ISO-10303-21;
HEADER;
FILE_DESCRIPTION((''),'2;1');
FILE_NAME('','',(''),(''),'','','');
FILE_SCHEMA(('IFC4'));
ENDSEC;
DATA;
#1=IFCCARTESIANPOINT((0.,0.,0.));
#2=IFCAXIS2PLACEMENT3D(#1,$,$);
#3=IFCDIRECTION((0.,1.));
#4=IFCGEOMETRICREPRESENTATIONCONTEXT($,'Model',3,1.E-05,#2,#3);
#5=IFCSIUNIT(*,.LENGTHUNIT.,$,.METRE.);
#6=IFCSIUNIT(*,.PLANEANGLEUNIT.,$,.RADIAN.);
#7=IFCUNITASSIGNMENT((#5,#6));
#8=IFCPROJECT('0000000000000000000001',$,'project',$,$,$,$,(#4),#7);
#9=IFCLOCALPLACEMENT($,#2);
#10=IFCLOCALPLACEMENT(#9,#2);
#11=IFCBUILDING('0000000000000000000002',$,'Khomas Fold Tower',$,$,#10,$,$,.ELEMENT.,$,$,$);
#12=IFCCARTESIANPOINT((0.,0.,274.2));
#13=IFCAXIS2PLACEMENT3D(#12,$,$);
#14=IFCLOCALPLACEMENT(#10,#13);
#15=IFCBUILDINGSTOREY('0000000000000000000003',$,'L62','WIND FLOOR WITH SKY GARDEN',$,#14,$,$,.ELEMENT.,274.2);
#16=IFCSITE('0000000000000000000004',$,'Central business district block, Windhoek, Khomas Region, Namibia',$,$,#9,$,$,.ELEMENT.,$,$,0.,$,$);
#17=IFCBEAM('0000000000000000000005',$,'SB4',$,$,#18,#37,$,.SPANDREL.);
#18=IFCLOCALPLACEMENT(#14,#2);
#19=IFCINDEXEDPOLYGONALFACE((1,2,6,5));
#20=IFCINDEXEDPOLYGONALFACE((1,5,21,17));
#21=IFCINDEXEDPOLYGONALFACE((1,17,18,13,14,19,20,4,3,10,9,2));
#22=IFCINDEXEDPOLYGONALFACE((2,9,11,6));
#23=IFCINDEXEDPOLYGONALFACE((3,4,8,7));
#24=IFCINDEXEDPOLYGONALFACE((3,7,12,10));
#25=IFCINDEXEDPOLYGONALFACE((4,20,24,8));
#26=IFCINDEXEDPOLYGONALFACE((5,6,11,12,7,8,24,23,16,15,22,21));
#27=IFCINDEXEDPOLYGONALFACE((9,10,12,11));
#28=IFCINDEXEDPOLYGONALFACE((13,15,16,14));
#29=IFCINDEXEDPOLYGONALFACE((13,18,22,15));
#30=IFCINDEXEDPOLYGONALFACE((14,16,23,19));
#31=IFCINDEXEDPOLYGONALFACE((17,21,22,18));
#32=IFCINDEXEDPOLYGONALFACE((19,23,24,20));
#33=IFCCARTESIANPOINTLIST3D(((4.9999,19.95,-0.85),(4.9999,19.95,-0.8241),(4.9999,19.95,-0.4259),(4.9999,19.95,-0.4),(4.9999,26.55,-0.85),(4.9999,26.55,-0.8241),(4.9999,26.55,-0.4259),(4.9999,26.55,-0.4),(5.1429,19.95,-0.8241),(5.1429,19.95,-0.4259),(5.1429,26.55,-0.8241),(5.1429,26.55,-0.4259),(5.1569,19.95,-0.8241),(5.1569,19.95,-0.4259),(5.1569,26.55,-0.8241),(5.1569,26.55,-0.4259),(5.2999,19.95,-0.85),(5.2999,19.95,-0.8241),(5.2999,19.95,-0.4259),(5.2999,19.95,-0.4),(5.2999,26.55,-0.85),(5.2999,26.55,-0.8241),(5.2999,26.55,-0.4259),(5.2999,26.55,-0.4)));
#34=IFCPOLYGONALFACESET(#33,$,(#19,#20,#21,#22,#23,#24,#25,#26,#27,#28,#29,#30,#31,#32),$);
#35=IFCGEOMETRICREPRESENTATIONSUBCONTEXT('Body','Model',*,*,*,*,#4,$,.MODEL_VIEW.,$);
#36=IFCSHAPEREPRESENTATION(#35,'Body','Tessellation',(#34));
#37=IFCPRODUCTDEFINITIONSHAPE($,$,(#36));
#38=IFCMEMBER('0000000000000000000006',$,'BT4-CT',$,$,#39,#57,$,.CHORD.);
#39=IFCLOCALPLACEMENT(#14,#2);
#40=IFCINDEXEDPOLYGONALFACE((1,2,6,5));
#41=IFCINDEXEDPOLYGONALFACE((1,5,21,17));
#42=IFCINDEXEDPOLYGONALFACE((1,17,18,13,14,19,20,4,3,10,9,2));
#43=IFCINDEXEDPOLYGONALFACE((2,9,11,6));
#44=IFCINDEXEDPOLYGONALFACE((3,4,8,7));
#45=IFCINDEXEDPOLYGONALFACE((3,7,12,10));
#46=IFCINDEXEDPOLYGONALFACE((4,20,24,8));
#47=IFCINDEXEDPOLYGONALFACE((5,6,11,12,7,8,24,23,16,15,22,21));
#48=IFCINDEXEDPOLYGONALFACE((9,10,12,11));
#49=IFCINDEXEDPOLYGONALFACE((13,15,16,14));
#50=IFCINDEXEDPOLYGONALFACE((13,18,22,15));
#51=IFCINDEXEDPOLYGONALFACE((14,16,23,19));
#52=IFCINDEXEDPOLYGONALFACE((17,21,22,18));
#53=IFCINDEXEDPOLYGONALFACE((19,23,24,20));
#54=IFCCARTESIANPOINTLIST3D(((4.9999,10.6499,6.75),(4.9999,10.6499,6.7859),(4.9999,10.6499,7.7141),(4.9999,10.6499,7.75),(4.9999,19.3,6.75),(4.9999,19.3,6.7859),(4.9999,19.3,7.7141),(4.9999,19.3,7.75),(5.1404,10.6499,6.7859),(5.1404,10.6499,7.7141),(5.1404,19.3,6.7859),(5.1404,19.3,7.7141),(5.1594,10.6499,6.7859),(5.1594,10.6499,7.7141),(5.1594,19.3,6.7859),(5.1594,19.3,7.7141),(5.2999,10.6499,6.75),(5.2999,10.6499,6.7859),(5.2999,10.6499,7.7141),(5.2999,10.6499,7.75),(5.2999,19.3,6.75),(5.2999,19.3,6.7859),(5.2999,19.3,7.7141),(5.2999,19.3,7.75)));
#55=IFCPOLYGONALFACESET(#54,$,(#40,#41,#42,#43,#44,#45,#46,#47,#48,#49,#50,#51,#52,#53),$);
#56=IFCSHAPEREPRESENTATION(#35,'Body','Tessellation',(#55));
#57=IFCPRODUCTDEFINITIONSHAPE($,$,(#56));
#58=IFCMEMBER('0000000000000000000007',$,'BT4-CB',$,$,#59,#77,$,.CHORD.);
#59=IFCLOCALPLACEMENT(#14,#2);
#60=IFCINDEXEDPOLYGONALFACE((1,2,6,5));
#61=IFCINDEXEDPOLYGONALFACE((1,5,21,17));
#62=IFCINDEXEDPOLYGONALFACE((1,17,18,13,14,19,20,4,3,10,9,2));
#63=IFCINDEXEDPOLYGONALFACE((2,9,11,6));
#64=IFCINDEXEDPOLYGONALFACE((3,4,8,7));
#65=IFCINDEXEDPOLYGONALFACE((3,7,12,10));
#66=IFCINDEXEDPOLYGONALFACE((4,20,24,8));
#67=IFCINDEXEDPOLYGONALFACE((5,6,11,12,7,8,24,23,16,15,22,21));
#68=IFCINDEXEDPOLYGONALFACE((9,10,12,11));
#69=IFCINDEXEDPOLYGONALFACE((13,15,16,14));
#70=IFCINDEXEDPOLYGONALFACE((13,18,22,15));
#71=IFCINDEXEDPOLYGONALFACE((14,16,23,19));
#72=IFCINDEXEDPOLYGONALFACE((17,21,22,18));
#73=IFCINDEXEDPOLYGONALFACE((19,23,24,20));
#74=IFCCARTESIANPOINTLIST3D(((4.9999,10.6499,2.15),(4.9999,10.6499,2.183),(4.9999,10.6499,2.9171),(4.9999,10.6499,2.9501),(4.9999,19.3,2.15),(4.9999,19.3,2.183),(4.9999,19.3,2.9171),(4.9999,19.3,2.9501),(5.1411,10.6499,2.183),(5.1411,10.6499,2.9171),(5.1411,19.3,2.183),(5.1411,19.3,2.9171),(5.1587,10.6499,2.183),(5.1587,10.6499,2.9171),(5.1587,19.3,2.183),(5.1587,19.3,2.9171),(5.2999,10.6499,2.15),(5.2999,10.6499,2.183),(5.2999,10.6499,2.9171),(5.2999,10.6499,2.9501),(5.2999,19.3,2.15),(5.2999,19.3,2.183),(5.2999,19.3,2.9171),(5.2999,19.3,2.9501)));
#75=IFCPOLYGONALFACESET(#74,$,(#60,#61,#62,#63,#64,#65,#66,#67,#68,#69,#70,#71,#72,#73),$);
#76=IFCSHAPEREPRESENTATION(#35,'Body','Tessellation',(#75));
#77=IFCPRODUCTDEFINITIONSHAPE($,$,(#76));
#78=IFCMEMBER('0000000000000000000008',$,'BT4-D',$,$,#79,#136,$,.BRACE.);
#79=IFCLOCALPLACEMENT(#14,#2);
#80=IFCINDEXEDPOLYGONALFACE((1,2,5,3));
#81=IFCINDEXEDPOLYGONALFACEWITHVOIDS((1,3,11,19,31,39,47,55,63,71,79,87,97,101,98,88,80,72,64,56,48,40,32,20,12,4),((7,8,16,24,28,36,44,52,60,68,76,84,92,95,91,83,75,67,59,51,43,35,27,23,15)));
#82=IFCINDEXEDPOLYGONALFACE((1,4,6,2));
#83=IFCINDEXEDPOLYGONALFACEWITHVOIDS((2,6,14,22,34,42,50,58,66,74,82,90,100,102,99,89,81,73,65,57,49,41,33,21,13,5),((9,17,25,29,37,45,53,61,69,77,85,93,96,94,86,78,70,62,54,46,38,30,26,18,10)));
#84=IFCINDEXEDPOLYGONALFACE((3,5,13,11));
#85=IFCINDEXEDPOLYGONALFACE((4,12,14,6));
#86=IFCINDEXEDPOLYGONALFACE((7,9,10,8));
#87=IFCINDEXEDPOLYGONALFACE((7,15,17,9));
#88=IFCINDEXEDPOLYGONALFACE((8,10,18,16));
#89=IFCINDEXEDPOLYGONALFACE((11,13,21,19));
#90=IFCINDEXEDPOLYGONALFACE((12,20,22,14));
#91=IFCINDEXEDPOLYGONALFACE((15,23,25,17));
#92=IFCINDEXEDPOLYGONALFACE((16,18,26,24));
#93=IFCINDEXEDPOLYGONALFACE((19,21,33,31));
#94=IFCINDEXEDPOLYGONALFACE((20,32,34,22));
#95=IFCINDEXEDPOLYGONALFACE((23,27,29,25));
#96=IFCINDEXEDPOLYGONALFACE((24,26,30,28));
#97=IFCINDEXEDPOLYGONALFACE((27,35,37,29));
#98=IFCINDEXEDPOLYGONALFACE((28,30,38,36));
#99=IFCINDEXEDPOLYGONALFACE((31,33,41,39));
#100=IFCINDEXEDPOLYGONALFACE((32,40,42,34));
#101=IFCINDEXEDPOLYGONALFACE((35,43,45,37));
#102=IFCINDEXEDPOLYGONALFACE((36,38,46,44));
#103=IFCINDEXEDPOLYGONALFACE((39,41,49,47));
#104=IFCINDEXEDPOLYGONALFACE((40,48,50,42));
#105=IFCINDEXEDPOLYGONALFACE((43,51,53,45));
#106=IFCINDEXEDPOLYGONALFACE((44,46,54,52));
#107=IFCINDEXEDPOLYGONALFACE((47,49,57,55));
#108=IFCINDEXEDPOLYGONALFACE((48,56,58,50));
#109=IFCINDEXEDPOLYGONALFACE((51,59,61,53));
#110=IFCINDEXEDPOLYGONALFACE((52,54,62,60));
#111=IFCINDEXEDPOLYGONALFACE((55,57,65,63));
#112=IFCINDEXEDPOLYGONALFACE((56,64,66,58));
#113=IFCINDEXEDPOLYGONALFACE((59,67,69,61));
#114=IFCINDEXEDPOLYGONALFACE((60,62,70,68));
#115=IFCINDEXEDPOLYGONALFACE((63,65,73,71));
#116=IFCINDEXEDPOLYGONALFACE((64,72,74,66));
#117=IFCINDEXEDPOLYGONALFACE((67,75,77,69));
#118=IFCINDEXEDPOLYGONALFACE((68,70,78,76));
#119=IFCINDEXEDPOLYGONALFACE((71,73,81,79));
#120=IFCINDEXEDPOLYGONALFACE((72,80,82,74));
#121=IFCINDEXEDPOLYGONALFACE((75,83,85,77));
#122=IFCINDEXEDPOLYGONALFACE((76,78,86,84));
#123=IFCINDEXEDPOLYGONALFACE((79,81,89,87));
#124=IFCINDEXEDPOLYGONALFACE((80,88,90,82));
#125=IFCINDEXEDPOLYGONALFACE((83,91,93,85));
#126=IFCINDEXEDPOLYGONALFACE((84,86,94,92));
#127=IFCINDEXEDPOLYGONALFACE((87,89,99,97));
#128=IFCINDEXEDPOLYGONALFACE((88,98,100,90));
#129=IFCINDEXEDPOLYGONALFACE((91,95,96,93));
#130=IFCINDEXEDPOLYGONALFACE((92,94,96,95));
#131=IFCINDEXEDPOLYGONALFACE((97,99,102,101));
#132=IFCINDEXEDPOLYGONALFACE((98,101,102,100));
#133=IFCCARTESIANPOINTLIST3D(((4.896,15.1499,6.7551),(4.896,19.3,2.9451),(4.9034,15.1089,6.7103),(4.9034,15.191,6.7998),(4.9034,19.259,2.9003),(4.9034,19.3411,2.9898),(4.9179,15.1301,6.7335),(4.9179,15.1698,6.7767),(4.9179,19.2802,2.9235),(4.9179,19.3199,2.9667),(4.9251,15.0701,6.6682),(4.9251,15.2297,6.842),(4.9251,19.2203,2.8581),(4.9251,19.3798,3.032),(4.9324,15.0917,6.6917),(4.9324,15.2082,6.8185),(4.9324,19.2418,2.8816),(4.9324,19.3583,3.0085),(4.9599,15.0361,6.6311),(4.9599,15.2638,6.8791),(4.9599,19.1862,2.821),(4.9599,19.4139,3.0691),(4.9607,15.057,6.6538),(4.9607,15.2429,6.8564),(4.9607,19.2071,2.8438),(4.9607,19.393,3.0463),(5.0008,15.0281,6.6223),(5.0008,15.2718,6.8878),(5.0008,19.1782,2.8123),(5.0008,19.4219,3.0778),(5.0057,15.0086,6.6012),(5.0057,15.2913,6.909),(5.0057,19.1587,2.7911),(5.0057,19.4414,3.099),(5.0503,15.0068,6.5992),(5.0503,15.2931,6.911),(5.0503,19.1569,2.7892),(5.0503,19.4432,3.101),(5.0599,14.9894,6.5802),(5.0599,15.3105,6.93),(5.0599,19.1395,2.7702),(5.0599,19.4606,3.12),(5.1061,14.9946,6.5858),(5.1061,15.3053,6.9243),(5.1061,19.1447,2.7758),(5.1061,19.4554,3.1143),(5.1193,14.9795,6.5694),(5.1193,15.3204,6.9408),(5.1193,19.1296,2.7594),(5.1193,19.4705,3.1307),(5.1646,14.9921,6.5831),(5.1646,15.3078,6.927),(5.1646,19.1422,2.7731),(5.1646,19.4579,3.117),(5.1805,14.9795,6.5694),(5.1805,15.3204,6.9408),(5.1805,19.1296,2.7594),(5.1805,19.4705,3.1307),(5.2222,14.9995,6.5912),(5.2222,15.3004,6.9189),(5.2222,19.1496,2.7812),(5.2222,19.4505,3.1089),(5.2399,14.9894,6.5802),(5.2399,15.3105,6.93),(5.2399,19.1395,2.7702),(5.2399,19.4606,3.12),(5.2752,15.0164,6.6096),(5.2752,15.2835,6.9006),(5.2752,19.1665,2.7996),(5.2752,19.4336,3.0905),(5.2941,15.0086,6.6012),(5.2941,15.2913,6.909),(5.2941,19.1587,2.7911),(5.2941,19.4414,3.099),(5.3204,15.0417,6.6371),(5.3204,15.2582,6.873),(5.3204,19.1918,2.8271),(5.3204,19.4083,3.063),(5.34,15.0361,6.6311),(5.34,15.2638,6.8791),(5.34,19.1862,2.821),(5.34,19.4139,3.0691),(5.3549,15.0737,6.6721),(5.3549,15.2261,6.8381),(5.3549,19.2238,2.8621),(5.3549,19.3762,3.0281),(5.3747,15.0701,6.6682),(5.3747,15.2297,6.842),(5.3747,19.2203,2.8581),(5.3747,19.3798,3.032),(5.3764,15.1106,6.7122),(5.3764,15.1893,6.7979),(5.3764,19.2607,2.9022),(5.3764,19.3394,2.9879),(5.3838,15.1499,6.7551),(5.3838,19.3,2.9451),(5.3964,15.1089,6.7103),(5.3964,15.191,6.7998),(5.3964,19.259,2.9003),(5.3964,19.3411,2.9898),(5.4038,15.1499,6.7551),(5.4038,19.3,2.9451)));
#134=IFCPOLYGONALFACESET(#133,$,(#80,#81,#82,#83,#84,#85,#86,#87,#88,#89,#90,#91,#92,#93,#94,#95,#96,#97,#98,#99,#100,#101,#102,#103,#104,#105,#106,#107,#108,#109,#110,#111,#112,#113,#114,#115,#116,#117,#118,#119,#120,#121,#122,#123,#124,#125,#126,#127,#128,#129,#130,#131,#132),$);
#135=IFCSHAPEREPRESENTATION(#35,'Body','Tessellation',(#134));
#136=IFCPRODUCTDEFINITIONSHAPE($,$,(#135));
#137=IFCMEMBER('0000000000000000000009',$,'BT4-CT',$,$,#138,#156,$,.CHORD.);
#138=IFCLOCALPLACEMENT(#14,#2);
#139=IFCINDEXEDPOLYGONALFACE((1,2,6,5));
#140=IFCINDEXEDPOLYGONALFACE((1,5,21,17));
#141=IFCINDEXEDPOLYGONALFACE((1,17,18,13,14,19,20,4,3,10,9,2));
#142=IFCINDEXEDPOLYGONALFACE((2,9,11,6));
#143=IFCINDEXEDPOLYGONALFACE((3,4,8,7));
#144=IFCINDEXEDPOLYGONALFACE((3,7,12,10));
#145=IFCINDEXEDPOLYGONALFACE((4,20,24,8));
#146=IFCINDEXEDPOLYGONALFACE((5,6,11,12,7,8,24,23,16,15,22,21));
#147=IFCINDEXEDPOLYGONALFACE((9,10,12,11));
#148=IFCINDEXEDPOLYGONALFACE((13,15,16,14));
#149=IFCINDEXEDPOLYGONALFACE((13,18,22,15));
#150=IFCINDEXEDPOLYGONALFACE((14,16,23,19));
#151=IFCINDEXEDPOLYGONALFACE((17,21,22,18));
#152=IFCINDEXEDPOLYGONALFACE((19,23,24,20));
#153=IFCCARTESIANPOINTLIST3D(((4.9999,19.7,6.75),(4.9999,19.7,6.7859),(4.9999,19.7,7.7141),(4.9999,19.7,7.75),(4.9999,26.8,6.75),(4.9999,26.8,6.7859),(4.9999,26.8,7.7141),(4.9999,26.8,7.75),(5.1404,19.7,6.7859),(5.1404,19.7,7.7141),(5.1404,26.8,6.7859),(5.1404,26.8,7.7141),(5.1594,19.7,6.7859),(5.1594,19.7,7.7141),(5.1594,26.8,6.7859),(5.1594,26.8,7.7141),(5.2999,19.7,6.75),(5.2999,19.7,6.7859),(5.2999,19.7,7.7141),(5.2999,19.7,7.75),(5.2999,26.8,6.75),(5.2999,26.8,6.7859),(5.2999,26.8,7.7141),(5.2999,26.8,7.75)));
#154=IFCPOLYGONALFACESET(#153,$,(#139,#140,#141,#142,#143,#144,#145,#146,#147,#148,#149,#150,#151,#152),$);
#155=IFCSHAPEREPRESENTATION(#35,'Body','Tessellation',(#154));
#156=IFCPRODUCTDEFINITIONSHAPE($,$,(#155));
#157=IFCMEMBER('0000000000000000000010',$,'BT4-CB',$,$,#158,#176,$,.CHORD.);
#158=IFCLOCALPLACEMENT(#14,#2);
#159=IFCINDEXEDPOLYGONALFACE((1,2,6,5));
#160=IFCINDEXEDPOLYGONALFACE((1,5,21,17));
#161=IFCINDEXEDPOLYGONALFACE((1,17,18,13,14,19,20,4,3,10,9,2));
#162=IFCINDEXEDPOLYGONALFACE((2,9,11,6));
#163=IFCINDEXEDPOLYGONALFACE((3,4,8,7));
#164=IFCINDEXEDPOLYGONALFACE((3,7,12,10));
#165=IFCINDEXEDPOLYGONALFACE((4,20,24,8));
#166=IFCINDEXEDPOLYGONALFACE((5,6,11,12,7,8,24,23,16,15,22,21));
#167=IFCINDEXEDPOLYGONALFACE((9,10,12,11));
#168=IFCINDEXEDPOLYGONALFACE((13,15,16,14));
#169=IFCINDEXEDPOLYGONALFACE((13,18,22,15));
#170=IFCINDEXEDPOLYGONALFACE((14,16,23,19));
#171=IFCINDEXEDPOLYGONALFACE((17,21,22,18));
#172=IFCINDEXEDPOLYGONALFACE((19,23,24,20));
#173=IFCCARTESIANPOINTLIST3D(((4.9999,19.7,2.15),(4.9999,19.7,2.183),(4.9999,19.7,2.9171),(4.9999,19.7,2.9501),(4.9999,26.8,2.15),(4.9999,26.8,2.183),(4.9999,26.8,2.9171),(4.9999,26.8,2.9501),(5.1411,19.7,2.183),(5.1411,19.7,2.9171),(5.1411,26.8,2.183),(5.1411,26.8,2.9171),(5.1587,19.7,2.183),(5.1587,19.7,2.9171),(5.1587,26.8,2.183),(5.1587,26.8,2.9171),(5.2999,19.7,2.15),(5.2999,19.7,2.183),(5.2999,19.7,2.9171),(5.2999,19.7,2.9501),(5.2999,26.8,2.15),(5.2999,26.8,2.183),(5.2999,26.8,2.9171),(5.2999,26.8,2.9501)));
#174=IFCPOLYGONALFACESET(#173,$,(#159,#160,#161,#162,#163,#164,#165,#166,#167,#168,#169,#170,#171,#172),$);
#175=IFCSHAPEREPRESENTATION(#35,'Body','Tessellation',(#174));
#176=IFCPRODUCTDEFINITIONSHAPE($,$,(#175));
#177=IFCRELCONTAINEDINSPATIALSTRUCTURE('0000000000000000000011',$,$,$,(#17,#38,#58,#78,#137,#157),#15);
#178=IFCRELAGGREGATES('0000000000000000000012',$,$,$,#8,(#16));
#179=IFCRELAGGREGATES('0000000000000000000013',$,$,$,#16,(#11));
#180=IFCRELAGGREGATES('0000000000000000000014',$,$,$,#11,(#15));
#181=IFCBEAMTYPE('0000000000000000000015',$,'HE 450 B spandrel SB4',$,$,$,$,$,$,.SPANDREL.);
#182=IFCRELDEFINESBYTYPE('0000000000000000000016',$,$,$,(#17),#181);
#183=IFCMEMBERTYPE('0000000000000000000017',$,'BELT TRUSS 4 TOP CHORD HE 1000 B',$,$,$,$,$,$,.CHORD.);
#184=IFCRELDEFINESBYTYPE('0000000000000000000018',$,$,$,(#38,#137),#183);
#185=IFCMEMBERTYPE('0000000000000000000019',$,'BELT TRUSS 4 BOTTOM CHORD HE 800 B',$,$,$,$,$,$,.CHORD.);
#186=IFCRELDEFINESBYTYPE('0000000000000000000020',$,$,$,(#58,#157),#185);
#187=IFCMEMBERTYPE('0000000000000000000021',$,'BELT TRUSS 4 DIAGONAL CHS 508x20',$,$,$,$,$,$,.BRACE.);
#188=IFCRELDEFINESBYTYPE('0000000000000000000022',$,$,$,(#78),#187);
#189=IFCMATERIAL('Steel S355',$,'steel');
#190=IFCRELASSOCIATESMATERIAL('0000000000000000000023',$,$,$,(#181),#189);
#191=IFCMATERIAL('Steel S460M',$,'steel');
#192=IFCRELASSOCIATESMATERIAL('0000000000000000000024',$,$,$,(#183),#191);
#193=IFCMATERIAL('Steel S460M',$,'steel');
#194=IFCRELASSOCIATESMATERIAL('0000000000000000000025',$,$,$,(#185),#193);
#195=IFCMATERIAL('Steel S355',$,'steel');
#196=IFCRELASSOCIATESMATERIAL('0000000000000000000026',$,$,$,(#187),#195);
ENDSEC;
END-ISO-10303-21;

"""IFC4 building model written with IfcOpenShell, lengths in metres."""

from ifc_helpers import new_model, si_unit, direction, frame, origin, origin_2d, place, context, subcontext, project, spatial, hollow_circle, i_section, extrude, source, transform, mapped, material, material_profile, profile_set, type_object, element, save


model = new_model("IFC4")

# Units and contexts
model_context = context("Model", 3, precision=1e-05, world=origin(), true_north=direction((0.0, 1.0)))
body_context = subcontext(model_context, "Body", "Model", "MODEL_VIEW")
ifc_project = project(units=[si_unit("LENGTHUNIT", "METRE"), si_unit("PLANEANGLEUNIT", "RADIAN")], contexts=[model_context])

# Site, building, storey
site_placement = place(None, origin())
site = spatial("IfcSite", under=ifc_project, at=site_placement, Name="Central business district block, Windhoek, Khomas Region, Namibia", CompositionType="ELEMENT", RefElevation=0.0)
building_placement = place(site_placement, origin())
building = spatial("IfcBuilding", under=site, at=building_placement, Name="Khomas Fold Tower", CompositionType="ELEMENT")
storey_placement = place(building_placement, frame((0.0, 0.0, 274.2)))
storey = spatial("IfcBuildingStorey", under=building, at=storey_placement, Name="L62", Description="WIND FLOOR WITH SKY GARDEN", CompositionType="ELEMENT", Elevation=274.2)

# Beam
ifc_material_1 = material(Name="Steel S355", Category="steel")
ifc_material_profile_1 = material_profile(ifc_material_1, i_section(OverallWidth=0.3, OverallDepth=0.45, WebThickness=0.0139, FlangeThickness=0.0259, at=origin_2d()), Name="HE 450 B")
ifc_profile_set_1 = profile_set([ifc_material_profile_1], Name="Steel S355")
beam_type = type_object("IfcBeamType", Name="HE 450 B spandrel SB4", PredefinedType="SPANDREL", material=ifc_profile_set_1)
shared_shape_1 = source(origin(), body_context, "Body", "SweptSolid", [
    extrude(i_section(OverallWidth=0.3, OverallDepth=0.45, WebThickness=0.0139, FlangeThickness=0.0259, at=origin_2d()), origin(), (0.0, 0.0, 1.0), 6.6001),
])
beam_placement = place(storey_placement, frame((5.1499, 19.95, -0.625), z_axis=(0.0, 1.0, 0.0), x_axis=(-1.0, 0.0, 0.0)))
element("IfcBeam", 1, at=beam_placement, inside=storey, type_object=beam_type, Name="SB4", PredefinedType="SPANDREL", context=body_context, shape_type="MappedRepresentation", body=[
    mapped(shared_shape_1, transform((0.0, 0.0, 0.0))),
])

# Members
ifc_material_2 = material(Name="Steel S460M", Category="steel")
ifc_material_profile_2 = material_profile(ifc_material_2, i_section(OverallWidth=0.3, OverallDepth=1.0, WebThickness=0.019, FlangeThickness=0.0359, at=origin_2d()), Name="HE 1000 B")
ifc_profile_set_2 = profile_set([ifc_material_profile_2], Name="Steel S460M")
member_type_1 = type_object("IfcMemberType", Name="BELT TRUSS 4 TOP CHORD HE 1000 B", PredefinedType="CHORD", material=ifc_profile_set_2)
shared_shape_2 = source(origin(), body_context, "Body", "SweptSolid", [
    extrude(i_section(OverallWidth=0.3, OverallDepth=1.0, WebThickness=0.019, FlangeThickness=0.0359, at=origin_2d()), origin(), (0.0, 0.0, 1.0), 8.6501),
])
member_1_placement = place(storey_placement, frame((5.1499, 19.3, 7.25), z_axis=(0.0, -1.0, 0.0), x_axis=(1.0, 0.0, 0.0)))
element("IfcMember", 2, at=member_1_placement, inside=storey, type_object=member_type_1, Name="BT4-CT", PredefinedType="CHORD", context=body_context, shape_type="MappedRepresentation", body=[
    mapped(shared_shape_2, transform((0.0, 0.0, 0.0))),
])
ifc_material_3 = material(Name="Steel S460M", Category="steel")
ifc_material_profile_3 = material_profile(ifc_material_3, i_section(OverallWidth=0.3, OverallDepth=0.8, WebThickness=0.0176, FlangeThickness=0.033, at=origin_2d()), Name="HE 800 B")
ifc_profile_set_3 = profile_set([ifc_material_profile_3], Name="Steel S460M")
member_type_2 = type_object("IfcMemberType", Name="BELT TRUSS 4 BOTTOM CHORD HE 800 B", PredefinedType="CHORD", material=ifc_profile_set_3)
shared_shape_3 = source(origin(), body_context, "Body", "SweptSolid", [
    extrude(i_section(OverallWidth=0.3, OverallDepth=0.8, WebThickness=0.0176, FlangeThickness=0.033, at=origin_2d()), origin(), (0.0, 0.0, 1.0), 8.6501),
])
member_2_placement = place(storey_placement, frame((5.1499, 19.3, 2.55), z_axis=(0.0, -1.0, 0.0), x_axis=(1.0, 0.0, 0.0)))
element("IfcMember", 3, at=member_2_placement, inside=storey, type_object=member_type_2, Name="BT4-CB", PredefinedType="CHORD", context=body_context, shape_type="MappedRepresentation", body=[
    mapped(shared_shape_3, transform((0.0, 0.0, 0.0))),
])
ifc_material_4 = material(Name="Steel S355", Category="steel")
ifc_material_profile_4 = material_profile(ifc_material_4, hollow_circle(Radius=0.2539, WallThickness=0.02, at=origin_2d()), Name="CHS 508x20")
ifc_profile_set_4 = profile_set([ifc_material_profile_4], Name="Steel S355")
member_type_3 = type_object("IfcMemberType", Name="BELT TRUSS 4 DIAGONAL CHS 508x20", PredefinedType="BRACE", material=ifc_profile_set_4)
shared_shape_4 = source(origin(), body_context, "Body", "SweptSolid", [
    extrude(hollow_circle(Radius=0.2539, WallThickness=0.02, at=origin_2d()), origin(), (0.0, 0.0, 1.0), 5.6338),
])
member_3_placement = place(storey_placement, frame((5.1499, 19.3, 2.9451), z_axis=(0.0, -0.736645, 0.67628), x_axis=(1.0, 0.0, 0.0)))
element("IfcMember", 4, at=member_3_placement, inside=storey, type_object=member_type_3, Name="BT4-D", PredefinedType="BRACE", context=body_context, shape_type="MappedRepresentation", body=[
    mapped(shared_shape_4, transform((0.0, 0.0, 0.0))),
])
shared_shape_5 = source(origin(), body_context, "Body", "SweptSolid", [
    extrude(i_section(OverallWidth=0.3, OverallDepth=1.0, WebThickness=0.019, FlangeThickness=0.0359, at=origin_2d()), origin(), (0.0, 0.0, 1.0), 7.1001),
])
member_4_placement = place(storey_placement, frame((5.1499, 26.8, 7.25), z_axis=(0.0, -1.0, 0.0), x_axis=(1.0, 0.0, 0.0)))
element("IfcMember", 5, at=member_4_placement, inside=storey, type_object=member_type_1, Name="BT4-CT", PredefinedType="CHORD", context=body_context, shape_type="MappedRepresentation", body=[
    mapped(shared_shape_5, transform((0.0, 0.0, 0.0))),
])
shared_shape_6 = source(origin(), body_context, "Body", "SweptSolid", [
    extrude(i_section(OverallWidth=0.3, OverallDepth=0.8, WebThickness=0.0176, FlangeThickness=0.033, at=origin_2d()), origin(), (0.0, 0.0, 1.0), 7.1001),
])
member_5_placement = place(storey_placement, frame((5.1499, 26.8, 2.55), z_axis=(0.0, -1.0, 0.0), x_axis=(1.0, 0.0, 0.0)))
element("IfcMember", 6, at=member_5_placement, inside=storey, type_object=member_type_2, Name="BT4-CB", PredefinedType="CHORD", context=body_context, shape_type="MappedRepresentation", body=[
    mapped(shared_shape_6, transform((0.0, 0.0, 0.0))),
])

save(model, "model.ifc")
